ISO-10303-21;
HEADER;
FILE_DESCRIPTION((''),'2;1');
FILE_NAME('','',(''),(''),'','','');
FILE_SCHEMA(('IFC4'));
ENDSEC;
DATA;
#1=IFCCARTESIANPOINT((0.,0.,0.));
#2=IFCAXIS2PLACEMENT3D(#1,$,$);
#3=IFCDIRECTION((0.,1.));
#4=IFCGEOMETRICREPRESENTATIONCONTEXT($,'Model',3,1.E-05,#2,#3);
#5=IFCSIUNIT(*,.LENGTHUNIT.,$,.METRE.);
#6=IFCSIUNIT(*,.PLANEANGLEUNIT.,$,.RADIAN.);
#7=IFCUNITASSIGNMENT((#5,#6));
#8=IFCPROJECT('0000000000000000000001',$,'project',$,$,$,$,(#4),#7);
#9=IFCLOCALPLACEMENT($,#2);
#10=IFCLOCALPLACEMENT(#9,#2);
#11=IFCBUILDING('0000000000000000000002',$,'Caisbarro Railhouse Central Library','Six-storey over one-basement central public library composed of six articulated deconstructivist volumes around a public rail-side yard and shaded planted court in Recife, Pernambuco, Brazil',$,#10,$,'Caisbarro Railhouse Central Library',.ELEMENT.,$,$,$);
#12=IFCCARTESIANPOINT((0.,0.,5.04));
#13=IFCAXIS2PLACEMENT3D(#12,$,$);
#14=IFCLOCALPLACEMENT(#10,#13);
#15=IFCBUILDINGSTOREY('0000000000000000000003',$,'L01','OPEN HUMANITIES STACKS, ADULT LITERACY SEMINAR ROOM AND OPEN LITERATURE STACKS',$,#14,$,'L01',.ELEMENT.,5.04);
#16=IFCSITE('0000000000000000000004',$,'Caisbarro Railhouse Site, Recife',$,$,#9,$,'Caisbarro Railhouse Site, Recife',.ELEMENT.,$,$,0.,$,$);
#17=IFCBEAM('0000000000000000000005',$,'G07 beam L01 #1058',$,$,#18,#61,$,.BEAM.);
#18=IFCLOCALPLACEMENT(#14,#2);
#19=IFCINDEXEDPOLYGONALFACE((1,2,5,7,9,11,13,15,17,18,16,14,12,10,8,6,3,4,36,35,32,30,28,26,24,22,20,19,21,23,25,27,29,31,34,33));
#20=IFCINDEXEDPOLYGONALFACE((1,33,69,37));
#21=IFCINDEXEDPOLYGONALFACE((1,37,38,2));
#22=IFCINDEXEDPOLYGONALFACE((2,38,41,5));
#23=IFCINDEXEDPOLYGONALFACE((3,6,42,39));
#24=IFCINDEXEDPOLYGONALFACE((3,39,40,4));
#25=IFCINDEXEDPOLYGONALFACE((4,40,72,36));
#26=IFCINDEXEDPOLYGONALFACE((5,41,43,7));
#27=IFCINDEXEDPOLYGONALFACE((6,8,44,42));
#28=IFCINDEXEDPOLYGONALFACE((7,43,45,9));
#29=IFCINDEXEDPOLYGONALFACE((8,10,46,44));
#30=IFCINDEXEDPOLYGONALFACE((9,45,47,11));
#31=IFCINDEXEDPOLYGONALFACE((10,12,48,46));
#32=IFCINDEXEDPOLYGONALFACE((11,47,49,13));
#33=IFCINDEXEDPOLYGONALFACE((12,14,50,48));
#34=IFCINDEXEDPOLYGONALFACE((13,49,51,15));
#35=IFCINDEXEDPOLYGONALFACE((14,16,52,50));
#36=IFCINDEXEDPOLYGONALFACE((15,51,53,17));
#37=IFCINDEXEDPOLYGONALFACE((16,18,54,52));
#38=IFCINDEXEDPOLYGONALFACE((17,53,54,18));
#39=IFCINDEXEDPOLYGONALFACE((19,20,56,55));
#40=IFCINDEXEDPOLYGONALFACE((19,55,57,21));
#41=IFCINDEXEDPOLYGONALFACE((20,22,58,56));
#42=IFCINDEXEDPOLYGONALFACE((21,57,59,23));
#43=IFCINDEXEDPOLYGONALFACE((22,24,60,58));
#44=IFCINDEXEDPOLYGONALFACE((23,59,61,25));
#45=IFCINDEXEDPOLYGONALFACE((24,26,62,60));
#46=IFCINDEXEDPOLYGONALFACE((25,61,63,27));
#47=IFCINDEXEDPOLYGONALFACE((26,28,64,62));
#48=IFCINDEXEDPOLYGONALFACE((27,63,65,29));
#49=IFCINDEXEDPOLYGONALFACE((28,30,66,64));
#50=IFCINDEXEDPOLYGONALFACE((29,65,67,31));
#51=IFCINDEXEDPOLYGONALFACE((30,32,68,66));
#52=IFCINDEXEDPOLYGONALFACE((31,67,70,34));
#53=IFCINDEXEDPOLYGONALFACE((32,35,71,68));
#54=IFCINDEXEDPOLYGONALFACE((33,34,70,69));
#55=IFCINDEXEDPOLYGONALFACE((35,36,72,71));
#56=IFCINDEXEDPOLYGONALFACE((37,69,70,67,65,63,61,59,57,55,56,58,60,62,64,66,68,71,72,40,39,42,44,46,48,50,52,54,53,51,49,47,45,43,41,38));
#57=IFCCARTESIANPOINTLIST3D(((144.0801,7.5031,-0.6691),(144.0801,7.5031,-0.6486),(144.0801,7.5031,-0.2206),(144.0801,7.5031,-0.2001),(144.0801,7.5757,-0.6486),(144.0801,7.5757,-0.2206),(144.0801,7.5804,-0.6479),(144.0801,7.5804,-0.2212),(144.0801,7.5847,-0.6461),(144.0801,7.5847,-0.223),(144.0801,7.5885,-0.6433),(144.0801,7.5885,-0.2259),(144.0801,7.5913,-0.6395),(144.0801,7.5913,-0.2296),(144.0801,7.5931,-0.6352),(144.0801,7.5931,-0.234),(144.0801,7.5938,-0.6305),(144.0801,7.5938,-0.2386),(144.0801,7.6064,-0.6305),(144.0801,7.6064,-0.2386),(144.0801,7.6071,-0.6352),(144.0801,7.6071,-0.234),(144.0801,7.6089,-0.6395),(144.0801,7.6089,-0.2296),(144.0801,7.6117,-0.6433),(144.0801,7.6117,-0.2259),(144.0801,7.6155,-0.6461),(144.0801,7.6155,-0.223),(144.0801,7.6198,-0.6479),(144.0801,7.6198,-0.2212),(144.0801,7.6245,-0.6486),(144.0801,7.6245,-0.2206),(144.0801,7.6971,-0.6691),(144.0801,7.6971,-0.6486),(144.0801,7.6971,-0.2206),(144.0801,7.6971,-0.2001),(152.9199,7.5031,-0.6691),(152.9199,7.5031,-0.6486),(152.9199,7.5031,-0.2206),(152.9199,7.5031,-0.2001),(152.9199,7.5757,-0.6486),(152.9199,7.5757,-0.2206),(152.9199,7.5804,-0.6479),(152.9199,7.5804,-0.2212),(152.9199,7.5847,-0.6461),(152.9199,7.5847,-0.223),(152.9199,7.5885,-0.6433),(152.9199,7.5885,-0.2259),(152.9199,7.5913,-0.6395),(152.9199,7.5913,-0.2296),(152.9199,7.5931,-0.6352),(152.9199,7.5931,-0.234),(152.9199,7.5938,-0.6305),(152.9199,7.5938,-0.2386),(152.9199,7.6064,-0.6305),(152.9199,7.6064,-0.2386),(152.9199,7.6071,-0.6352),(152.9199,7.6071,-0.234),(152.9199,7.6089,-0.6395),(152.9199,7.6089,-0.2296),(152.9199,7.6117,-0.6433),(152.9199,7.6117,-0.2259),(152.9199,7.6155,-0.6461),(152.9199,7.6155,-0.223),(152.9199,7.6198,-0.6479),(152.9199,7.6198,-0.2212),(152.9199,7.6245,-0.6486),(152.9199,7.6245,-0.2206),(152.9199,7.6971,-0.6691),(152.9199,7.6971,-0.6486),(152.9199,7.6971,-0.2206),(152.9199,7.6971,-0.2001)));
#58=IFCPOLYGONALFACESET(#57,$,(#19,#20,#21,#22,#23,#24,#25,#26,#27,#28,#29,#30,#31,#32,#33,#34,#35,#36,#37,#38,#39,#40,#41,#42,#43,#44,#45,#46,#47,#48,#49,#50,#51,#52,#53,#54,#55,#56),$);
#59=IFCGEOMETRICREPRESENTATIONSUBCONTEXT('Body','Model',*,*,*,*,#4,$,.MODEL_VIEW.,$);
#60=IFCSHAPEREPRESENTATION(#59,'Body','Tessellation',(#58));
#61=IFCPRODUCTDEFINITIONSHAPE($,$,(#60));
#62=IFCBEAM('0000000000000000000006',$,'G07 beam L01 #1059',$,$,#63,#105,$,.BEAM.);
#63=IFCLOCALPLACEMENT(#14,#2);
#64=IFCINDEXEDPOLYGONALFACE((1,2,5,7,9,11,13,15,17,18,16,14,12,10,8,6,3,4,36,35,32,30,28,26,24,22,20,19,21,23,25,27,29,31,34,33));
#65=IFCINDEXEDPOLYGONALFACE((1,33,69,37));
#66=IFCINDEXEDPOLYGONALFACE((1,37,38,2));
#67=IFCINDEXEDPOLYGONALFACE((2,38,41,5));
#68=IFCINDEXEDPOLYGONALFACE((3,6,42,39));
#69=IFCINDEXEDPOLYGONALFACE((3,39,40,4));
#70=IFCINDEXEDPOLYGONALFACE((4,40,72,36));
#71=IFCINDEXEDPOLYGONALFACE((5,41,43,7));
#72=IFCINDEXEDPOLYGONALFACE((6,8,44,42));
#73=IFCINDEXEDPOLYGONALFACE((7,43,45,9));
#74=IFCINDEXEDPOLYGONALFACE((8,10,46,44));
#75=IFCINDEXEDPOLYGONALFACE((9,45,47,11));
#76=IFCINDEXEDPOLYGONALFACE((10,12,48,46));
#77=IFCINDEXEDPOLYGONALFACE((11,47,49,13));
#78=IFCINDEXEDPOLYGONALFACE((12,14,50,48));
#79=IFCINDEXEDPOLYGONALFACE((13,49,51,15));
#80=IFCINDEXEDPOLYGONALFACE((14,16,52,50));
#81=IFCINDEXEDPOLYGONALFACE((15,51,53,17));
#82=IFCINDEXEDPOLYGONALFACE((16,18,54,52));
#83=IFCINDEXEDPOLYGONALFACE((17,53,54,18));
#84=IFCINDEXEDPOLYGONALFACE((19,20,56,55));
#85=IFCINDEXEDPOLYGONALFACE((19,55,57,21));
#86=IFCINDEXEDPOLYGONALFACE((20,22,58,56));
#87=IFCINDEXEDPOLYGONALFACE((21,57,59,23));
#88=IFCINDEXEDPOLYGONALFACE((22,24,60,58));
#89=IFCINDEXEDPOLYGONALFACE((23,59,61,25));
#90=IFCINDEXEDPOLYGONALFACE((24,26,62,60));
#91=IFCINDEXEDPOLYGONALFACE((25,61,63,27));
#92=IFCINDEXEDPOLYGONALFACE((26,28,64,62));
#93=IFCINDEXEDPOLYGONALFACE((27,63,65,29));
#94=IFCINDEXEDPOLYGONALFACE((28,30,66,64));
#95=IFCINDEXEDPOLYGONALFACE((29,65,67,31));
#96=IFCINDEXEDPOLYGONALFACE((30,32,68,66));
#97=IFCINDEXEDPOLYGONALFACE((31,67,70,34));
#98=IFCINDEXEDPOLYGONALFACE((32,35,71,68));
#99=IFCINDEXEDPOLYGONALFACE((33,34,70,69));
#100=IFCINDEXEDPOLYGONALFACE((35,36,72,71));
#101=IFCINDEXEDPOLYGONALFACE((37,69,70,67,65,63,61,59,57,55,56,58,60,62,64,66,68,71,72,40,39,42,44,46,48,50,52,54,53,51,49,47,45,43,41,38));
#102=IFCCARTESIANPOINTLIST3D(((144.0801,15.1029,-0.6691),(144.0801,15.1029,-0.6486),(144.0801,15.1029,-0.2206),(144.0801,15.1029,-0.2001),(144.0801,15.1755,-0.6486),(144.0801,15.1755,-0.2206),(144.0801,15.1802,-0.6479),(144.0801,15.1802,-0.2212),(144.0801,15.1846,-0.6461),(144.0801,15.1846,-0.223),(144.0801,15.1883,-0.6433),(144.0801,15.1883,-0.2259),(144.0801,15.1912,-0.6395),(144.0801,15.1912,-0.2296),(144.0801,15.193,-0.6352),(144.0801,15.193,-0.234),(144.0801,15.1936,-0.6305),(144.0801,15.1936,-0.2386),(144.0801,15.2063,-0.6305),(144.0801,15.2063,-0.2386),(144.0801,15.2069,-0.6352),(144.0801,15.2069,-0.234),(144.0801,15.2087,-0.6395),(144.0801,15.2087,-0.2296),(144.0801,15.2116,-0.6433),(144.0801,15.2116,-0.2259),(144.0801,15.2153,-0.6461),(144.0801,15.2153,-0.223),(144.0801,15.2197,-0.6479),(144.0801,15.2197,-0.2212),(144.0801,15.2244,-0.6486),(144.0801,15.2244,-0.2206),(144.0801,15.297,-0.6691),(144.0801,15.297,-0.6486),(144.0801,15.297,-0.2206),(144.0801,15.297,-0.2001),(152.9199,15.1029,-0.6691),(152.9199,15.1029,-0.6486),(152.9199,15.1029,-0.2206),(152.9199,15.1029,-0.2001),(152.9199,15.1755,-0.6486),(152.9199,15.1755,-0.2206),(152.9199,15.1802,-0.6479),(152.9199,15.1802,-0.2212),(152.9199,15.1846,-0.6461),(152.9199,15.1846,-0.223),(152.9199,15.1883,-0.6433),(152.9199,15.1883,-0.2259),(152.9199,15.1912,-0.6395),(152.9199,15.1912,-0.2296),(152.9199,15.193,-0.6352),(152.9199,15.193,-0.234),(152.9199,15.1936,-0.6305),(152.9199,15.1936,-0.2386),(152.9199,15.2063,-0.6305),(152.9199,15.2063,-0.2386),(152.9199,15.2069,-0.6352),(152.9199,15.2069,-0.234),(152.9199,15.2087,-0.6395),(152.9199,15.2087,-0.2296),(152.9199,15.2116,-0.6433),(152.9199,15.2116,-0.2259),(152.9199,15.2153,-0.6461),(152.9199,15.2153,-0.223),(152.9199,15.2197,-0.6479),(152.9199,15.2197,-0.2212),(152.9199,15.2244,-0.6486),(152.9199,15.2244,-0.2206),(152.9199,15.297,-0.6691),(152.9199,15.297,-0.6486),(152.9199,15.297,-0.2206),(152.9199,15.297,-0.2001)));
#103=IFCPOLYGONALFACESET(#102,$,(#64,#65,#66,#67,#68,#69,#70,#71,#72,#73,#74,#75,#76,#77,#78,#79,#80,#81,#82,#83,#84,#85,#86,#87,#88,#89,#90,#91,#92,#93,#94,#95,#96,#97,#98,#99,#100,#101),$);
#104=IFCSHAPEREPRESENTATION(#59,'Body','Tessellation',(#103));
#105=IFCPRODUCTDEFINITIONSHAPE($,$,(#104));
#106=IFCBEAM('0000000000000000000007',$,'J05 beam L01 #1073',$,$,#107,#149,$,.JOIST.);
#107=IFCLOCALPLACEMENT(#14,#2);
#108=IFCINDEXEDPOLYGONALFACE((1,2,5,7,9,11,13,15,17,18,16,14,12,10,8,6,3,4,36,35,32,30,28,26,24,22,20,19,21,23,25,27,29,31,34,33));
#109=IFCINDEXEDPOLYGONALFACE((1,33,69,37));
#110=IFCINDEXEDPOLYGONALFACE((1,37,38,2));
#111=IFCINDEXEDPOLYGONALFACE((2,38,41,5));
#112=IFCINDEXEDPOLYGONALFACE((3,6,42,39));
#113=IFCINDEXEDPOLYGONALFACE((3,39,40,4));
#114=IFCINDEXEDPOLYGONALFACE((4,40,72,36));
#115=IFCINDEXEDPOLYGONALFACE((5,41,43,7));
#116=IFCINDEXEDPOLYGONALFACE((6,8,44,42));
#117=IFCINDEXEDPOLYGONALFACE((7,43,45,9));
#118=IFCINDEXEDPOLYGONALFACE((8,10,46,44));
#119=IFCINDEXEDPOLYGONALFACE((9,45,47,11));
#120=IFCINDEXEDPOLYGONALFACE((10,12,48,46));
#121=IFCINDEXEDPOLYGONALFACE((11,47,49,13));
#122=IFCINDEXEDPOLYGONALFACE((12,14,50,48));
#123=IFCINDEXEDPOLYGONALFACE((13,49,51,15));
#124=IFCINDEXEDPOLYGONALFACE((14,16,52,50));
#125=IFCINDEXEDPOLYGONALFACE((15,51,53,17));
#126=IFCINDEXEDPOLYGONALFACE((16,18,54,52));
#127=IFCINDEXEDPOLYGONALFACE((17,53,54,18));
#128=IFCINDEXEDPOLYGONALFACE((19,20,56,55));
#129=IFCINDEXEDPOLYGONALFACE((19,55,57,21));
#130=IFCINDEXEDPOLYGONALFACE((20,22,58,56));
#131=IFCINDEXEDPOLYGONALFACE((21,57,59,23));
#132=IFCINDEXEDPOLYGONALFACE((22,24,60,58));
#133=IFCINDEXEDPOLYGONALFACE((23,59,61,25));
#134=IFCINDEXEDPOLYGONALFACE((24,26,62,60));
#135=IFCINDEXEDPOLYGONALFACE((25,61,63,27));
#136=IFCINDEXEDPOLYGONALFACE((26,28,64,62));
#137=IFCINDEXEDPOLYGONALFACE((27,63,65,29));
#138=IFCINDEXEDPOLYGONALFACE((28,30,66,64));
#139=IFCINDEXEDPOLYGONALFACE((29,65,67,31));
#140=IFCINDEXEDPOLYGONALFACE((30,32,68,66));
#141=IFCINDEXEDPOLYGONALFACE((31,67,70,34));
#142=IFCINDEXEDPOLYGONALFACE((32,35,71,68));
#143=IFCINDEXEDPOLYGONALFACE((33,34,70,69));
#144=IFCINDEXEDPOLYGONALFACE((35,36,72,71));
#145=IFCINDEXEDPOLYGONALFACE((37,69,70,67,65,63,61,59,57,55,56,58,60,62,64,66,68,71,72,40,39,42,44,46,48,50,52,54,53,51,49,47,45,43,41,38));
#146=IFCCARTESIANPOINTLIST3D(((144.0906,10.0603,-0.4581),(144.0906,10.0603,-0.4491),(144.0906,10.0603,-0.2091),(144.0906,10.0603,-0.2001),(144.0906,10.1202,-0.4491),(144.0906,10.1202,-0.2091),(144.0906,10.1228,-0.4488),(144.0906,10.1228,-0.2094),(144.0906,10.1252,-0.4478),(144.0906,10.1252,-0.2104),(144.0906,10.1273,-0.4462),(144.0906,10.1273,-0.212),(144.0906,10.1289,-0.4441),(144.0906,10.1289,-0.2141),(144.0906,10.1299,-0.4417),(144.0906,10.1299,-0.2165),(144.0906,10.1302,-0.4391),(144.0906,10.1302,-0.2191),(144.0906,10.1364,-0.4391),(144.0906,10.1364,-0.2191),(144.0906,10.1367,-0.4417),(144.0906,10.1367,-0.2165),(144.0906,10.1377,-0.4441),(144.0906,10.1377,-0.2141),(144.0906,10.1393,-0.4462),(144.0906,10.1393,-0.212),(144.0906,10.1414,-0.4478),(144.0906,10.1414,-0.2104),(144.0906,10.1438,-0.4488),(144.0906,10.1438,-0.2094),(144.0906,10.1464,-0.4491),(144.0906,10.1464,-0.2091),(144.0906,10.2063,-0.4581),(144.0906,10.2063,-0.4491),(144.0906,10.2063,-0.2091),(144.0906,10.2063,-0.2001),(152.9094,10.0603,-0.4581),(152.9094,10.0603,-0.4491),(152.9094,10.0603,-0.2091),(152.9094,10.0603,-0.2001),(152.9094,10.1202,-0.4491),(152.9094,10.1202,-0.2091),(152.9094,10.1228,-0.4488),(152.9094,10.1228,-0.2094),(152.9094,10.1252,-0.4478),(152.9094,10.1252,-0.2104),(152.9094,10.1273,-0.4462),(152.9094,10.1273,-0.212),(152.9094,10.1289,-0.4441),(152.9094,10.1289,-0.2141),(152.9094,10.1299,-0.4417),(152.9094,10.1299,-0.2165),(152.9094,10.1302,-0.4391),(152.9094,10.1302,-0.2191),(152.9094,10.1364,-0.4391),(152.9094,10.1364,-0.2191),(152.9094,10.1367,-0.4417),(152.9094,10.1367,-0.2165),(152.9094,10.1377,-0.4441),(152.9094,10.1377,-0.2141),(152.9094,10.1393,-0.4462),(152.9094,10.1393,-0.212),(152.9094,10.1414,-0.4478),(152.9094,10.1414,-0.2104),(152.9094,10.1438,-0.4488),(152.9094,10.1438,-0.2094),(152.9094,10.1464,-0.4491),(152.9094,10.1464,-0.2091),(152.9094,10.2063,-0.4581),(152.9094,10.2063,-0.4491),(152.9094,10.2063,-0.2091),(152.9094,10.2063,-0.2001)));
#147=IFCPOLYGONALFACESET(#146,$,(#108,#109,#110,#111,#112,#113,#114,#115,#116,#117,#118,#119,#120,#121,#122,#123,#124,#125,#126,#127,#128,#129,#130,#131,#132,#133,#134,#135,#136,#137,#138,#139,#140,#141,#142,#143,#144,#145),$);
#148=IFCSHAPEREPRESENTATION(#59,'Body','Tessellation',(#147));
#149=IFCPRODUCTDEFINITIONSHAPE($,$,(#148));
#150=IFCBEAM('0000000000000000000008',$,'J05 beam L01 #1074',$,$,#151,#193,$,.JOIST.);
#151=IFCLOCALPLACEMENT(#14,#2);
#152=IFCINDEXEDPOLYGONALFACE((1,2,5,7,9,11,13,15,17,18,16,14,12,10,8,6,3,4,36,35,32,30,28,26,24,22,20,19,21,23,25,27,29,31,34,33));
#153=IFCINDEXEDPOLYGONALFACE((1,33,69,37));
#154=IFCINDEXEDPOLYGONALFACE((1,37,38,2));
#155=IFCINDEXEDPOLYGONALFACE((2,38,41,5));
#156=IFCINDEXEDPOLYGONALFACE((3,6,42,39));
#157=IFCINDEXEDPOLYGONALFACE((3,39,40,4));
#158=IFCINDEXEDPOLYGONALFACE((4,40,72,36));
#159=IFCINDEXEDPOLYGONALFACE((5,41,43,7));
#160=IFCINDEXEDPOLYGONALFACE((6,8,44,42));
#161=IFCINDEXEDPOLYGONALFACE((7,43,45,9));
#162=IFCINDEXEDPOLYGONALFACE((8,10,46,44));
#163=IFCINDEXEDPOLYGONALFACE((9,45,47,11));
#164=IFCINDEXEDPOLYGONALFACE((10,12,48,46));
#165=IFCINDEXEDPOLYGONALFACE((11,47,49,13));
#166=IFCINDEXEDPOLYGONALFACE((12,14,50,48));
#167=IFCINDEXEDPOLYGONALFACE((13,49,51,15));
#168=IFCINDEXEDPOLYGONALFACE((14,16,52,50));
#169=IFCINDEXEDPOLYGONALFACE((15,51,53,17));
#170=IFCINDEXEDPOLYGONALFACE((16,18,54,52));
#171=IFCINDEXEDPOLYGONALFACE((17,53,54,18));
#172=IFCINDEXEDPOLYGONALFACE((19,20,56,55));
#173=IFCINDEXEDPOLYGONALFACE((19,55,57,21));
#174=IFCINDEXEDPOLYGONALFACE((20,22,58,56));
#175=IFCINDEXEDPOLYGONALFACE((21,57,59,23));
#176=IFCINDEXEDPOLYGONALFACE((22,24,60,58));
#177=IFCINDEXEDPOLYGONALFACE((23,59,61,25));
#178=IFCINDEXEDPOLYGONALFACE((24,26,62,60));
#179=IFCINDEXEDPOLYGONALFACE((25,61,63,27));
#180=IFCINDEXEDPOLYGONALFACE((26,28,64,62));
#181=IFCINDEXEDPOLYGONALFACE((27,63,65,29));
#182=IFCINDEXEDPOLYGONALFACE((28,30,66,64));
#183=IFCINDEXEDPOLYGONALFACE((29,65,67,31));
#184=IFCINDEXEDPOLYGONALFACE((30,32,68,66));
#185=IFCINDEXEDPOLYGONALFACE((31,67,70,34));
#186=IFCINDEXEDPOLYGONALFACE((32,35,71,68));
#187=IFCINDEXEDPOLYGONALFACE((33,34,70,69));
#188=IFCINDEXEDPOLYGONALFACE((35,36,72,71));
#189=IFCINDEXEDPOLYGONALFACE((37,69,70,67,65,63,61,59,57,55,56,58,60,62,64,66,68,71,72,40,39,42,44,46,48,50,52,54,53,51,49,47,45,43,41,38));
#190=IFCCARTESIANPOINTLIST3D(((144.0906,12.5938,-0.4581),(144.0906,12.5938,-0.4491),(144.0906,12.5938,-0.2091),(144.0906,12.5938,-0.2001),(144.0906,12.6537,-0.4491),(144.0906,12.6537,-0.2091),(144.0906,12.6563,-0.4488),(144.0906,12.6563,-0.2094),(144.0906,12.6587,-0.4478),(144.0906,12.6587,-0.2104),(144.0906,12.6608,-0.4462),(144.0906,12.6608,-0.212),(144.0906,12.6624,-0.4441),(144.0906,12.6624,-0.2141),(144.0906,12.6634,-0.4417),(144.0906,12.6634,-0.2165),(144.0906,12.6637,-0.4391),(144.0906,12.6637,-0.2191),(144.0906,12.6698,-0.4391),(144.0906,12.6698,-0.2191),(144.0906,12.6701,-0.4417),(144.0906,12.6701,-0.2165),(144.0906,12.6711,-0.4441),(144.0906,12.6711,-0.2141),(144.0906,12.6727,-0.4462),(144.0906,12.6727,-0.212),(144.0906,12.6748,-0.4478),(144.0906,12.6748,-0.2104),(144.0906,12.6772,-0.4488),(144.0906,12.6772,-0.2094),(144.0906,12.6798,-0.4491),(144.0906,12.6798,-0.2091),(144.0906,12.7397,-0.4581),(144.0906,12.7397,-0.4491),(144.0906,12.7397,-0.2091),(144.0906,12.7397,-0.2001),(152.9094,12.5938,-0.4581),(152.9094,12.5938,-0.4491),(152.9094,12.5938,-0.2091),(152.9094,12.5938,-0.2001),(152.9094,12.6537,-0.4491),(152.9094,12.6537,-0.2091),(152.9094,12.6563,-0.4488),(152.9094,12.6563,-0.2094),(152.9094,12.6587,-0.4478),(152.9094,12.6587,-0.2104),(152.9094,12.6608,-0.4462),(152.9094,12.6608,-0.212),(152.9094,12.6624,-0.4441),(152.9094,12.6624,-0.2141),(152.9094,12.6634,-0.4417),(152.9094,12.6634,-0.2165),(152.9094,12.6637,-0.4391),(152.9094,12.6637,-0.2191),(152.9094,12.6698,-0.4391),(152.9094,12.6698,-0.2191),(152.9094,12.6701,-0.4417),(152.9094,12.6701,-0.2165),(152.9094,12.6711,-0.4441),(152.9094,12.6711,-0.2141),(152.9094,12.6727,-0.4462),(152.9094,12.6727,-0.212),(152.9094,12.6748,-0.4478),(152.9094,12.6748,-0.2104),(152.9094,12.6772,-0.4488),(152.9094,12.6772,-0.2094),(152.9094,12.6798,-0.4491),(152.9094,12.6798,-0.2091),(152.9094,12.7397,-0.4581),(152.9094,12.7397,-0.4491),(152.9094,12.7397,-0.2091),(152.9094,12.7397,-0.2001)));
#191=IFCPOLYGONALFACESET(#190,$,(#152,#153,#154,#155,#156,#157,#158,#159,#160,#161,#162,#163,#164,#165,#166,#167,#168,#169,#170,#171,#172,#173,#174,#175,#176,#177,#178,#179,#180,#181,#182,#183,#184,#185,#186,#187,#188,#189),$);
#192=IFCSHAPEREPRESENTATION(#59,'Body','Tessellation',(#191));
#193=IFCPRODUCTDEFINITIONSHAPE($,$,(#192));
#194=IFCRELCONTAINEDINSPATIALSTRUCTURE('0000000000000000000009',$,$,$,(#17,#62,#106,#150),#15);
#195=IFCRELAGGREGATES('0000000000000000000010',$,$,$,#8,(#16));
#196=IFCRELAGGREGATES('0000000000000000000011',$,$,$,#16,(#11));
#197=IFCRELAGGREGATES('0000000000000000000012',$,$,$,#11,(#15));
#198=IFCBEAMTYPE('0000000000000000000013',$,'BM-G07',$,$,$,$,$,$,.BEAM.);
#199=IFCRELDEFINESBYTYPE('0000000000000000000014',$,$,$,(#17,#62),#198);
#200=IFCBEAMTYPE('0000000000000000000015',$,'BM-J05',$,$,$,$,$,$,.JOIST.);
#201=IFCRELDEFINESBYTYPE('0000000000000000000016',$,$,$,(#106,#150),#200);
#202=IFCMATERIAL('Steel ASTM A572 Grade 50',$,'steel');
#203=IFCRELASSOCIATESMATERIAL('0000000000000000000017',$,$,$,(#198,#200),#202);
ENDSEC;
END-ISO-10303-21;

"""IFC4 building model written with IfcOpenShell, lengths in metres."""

from ifc_helpers import new_model, si_unit, direction, frame, origin, origin_2d, place, context, subcontext, project, spatial, i_section, extrude, material, material_profile, profile_set, type_object, element, save


model = new_model("IFC4")

# Units and contexts
model_context = context("Model", 3, precision=1e-05, world=origin(), true_north=direction((0.0, 1.0)))
body_context = subcontext(model_context, "Body", "Model", "MODEL_VIEW")
ifc_project = project(units=[si_unit("LENGTHUNIT", "METRE"), si_unit("PLANEANGLEUNIT", "RADIAN")], contexts=[model_context])

# Site, building, storey
site_placement = place(None, origin())
site = spatial("IfcSite", under=ifc_project, at=site_placement, Name="Caisbarro Railhouse Site, Recife", LongName="Caisbarro Railhouse Site, Recife", CompositionType="ELEMENT", RefElevation=0.0)
building_placement = place(site_placement, origin())
building = spatial("IfcBuilding", under=site, at=building_placement, Name="Caisbarro Railhouse Central Library", Description="Six-storey over one-basement central public library composed of six articulated deconstructivist volumes around a public rail-side yard and shaded planted court in Recife, Pernambuco, Brazil", LongName="Caisbarro Railhouse Central Library", CompositionType="ELEMENT")
storey_placement = place(building_placement, frame((0.0, 0.0, 5.04)))
storey = spatial("IfcBuildingStorey", under=building, at=storey_placement, Name="L01", Description="OPEN HUMANITIES STACKS, ADULT LITERACY SEMINAR ROOM AND OPEN LITERATURE STACKS", LongName="L01", CompositionType="ELEMENT", Elevation=5.04)

# Beams
ifc_material_1 = material(Name="Steel ASTM A572 Grade 50", Category="steel")
ifc_material_profile_1 = material_profile(ifc_material_1, i_section(OverallWidth=0.1941, OverallDepth=0.469, WebThickness=0.0127, FlangeThickness=0.0205, FilletRadius=0.0181, at=origin_2d()), Name="W460X106.0")
ifc_profile_set_1 = profile_set([ifc_material_profile_1], Name="Steel ASTM A572 Grade 50")
beam_type_1 = type_object("IfcBeamType", Name="BM-G07", PredefinedType="BEAM", material=ifc_profile_set_1)
for number, where, z_axis, x_axis, name in (
    (1, (144.0801, 7.6001, -0.4346), (1.0, 0.0, 0.0), (0.0, 1.0, 0.0), "G07 beam L01 #1058"),
    (2, (144.0801, 15.2, -0.4346), (1.0, 0.0, 0.0), (0.0, 1.0, 0.0), "G07 beam L01 #1059"),
):
    element("IfcBeam", number, at=place(storey_placement, frame(where, z_axis=z_axis, x_axis=x_axis)), inside=storey, type_object=beam_type_1, Name=name, PredefinedType="BEAM", context=body_context, shape_type="SweptSolid", body=[
        extrude(i_section(OverallWidth=0.1941, OverallDepth=0.469, WebThickness=0.0127, FlangeThickness=0.0205, FilletRadius=0.0181, at=origin_2d()), origin(), (0.0, 0.0, 1.0), 8.8398),
    ])
ifc_material_profile_2 = material_profile(ifc_material_1, i_section(OverallWidth=0.146, OverallDepth=0.2581, WebThickness=0.0061, FlangeThickness=0.009, FilletRadius=0.01, at=origin_2d()), Name="W250X32.7")
ifc_profile_set_2 = profile_set([ifc_material_profile_2], Name="Steel ASTM A572 Grade 50")
beam_type_2 = type_object("IfcBeamType", Name="BM-J05", PredefinedType="JOIST", material=ifc_profile_set_2)
for number, where, z_axis, x_axis, name in (
    (3, (144.0906, 10.1333, -0.3291), (1.0, 0.0, 0.0), (0.0, 1.0, 0.0), "J05 beam L01 #1073"),
    (4, (144.0906, 12.6667, -0.3291), (1.0, 0.0, 0.0), (0.0, 1.0, 0.0), "J05 beam L01 #1074"),
):
    element("IfcBeam", number, at=place(storey_placement, frame(where, z_axis=z_axis, x_axis=x_axis)), inside=storey, type_object=beam_type_2, Name=name, PredefinedType="JOIST", context=body_context, shape_type="SweptSolid", body=[
        extrude(i_section(OverallWidth=0.146, OverallDepth=0.2581, WebThickness=0.0061, FlangeThickness=0.009, FilletRadius=0.01, at=origin_2d()), origin(), (0.0, 0.0, 1.0), 8.8188),
    ])

save(model, "model.ifc")
